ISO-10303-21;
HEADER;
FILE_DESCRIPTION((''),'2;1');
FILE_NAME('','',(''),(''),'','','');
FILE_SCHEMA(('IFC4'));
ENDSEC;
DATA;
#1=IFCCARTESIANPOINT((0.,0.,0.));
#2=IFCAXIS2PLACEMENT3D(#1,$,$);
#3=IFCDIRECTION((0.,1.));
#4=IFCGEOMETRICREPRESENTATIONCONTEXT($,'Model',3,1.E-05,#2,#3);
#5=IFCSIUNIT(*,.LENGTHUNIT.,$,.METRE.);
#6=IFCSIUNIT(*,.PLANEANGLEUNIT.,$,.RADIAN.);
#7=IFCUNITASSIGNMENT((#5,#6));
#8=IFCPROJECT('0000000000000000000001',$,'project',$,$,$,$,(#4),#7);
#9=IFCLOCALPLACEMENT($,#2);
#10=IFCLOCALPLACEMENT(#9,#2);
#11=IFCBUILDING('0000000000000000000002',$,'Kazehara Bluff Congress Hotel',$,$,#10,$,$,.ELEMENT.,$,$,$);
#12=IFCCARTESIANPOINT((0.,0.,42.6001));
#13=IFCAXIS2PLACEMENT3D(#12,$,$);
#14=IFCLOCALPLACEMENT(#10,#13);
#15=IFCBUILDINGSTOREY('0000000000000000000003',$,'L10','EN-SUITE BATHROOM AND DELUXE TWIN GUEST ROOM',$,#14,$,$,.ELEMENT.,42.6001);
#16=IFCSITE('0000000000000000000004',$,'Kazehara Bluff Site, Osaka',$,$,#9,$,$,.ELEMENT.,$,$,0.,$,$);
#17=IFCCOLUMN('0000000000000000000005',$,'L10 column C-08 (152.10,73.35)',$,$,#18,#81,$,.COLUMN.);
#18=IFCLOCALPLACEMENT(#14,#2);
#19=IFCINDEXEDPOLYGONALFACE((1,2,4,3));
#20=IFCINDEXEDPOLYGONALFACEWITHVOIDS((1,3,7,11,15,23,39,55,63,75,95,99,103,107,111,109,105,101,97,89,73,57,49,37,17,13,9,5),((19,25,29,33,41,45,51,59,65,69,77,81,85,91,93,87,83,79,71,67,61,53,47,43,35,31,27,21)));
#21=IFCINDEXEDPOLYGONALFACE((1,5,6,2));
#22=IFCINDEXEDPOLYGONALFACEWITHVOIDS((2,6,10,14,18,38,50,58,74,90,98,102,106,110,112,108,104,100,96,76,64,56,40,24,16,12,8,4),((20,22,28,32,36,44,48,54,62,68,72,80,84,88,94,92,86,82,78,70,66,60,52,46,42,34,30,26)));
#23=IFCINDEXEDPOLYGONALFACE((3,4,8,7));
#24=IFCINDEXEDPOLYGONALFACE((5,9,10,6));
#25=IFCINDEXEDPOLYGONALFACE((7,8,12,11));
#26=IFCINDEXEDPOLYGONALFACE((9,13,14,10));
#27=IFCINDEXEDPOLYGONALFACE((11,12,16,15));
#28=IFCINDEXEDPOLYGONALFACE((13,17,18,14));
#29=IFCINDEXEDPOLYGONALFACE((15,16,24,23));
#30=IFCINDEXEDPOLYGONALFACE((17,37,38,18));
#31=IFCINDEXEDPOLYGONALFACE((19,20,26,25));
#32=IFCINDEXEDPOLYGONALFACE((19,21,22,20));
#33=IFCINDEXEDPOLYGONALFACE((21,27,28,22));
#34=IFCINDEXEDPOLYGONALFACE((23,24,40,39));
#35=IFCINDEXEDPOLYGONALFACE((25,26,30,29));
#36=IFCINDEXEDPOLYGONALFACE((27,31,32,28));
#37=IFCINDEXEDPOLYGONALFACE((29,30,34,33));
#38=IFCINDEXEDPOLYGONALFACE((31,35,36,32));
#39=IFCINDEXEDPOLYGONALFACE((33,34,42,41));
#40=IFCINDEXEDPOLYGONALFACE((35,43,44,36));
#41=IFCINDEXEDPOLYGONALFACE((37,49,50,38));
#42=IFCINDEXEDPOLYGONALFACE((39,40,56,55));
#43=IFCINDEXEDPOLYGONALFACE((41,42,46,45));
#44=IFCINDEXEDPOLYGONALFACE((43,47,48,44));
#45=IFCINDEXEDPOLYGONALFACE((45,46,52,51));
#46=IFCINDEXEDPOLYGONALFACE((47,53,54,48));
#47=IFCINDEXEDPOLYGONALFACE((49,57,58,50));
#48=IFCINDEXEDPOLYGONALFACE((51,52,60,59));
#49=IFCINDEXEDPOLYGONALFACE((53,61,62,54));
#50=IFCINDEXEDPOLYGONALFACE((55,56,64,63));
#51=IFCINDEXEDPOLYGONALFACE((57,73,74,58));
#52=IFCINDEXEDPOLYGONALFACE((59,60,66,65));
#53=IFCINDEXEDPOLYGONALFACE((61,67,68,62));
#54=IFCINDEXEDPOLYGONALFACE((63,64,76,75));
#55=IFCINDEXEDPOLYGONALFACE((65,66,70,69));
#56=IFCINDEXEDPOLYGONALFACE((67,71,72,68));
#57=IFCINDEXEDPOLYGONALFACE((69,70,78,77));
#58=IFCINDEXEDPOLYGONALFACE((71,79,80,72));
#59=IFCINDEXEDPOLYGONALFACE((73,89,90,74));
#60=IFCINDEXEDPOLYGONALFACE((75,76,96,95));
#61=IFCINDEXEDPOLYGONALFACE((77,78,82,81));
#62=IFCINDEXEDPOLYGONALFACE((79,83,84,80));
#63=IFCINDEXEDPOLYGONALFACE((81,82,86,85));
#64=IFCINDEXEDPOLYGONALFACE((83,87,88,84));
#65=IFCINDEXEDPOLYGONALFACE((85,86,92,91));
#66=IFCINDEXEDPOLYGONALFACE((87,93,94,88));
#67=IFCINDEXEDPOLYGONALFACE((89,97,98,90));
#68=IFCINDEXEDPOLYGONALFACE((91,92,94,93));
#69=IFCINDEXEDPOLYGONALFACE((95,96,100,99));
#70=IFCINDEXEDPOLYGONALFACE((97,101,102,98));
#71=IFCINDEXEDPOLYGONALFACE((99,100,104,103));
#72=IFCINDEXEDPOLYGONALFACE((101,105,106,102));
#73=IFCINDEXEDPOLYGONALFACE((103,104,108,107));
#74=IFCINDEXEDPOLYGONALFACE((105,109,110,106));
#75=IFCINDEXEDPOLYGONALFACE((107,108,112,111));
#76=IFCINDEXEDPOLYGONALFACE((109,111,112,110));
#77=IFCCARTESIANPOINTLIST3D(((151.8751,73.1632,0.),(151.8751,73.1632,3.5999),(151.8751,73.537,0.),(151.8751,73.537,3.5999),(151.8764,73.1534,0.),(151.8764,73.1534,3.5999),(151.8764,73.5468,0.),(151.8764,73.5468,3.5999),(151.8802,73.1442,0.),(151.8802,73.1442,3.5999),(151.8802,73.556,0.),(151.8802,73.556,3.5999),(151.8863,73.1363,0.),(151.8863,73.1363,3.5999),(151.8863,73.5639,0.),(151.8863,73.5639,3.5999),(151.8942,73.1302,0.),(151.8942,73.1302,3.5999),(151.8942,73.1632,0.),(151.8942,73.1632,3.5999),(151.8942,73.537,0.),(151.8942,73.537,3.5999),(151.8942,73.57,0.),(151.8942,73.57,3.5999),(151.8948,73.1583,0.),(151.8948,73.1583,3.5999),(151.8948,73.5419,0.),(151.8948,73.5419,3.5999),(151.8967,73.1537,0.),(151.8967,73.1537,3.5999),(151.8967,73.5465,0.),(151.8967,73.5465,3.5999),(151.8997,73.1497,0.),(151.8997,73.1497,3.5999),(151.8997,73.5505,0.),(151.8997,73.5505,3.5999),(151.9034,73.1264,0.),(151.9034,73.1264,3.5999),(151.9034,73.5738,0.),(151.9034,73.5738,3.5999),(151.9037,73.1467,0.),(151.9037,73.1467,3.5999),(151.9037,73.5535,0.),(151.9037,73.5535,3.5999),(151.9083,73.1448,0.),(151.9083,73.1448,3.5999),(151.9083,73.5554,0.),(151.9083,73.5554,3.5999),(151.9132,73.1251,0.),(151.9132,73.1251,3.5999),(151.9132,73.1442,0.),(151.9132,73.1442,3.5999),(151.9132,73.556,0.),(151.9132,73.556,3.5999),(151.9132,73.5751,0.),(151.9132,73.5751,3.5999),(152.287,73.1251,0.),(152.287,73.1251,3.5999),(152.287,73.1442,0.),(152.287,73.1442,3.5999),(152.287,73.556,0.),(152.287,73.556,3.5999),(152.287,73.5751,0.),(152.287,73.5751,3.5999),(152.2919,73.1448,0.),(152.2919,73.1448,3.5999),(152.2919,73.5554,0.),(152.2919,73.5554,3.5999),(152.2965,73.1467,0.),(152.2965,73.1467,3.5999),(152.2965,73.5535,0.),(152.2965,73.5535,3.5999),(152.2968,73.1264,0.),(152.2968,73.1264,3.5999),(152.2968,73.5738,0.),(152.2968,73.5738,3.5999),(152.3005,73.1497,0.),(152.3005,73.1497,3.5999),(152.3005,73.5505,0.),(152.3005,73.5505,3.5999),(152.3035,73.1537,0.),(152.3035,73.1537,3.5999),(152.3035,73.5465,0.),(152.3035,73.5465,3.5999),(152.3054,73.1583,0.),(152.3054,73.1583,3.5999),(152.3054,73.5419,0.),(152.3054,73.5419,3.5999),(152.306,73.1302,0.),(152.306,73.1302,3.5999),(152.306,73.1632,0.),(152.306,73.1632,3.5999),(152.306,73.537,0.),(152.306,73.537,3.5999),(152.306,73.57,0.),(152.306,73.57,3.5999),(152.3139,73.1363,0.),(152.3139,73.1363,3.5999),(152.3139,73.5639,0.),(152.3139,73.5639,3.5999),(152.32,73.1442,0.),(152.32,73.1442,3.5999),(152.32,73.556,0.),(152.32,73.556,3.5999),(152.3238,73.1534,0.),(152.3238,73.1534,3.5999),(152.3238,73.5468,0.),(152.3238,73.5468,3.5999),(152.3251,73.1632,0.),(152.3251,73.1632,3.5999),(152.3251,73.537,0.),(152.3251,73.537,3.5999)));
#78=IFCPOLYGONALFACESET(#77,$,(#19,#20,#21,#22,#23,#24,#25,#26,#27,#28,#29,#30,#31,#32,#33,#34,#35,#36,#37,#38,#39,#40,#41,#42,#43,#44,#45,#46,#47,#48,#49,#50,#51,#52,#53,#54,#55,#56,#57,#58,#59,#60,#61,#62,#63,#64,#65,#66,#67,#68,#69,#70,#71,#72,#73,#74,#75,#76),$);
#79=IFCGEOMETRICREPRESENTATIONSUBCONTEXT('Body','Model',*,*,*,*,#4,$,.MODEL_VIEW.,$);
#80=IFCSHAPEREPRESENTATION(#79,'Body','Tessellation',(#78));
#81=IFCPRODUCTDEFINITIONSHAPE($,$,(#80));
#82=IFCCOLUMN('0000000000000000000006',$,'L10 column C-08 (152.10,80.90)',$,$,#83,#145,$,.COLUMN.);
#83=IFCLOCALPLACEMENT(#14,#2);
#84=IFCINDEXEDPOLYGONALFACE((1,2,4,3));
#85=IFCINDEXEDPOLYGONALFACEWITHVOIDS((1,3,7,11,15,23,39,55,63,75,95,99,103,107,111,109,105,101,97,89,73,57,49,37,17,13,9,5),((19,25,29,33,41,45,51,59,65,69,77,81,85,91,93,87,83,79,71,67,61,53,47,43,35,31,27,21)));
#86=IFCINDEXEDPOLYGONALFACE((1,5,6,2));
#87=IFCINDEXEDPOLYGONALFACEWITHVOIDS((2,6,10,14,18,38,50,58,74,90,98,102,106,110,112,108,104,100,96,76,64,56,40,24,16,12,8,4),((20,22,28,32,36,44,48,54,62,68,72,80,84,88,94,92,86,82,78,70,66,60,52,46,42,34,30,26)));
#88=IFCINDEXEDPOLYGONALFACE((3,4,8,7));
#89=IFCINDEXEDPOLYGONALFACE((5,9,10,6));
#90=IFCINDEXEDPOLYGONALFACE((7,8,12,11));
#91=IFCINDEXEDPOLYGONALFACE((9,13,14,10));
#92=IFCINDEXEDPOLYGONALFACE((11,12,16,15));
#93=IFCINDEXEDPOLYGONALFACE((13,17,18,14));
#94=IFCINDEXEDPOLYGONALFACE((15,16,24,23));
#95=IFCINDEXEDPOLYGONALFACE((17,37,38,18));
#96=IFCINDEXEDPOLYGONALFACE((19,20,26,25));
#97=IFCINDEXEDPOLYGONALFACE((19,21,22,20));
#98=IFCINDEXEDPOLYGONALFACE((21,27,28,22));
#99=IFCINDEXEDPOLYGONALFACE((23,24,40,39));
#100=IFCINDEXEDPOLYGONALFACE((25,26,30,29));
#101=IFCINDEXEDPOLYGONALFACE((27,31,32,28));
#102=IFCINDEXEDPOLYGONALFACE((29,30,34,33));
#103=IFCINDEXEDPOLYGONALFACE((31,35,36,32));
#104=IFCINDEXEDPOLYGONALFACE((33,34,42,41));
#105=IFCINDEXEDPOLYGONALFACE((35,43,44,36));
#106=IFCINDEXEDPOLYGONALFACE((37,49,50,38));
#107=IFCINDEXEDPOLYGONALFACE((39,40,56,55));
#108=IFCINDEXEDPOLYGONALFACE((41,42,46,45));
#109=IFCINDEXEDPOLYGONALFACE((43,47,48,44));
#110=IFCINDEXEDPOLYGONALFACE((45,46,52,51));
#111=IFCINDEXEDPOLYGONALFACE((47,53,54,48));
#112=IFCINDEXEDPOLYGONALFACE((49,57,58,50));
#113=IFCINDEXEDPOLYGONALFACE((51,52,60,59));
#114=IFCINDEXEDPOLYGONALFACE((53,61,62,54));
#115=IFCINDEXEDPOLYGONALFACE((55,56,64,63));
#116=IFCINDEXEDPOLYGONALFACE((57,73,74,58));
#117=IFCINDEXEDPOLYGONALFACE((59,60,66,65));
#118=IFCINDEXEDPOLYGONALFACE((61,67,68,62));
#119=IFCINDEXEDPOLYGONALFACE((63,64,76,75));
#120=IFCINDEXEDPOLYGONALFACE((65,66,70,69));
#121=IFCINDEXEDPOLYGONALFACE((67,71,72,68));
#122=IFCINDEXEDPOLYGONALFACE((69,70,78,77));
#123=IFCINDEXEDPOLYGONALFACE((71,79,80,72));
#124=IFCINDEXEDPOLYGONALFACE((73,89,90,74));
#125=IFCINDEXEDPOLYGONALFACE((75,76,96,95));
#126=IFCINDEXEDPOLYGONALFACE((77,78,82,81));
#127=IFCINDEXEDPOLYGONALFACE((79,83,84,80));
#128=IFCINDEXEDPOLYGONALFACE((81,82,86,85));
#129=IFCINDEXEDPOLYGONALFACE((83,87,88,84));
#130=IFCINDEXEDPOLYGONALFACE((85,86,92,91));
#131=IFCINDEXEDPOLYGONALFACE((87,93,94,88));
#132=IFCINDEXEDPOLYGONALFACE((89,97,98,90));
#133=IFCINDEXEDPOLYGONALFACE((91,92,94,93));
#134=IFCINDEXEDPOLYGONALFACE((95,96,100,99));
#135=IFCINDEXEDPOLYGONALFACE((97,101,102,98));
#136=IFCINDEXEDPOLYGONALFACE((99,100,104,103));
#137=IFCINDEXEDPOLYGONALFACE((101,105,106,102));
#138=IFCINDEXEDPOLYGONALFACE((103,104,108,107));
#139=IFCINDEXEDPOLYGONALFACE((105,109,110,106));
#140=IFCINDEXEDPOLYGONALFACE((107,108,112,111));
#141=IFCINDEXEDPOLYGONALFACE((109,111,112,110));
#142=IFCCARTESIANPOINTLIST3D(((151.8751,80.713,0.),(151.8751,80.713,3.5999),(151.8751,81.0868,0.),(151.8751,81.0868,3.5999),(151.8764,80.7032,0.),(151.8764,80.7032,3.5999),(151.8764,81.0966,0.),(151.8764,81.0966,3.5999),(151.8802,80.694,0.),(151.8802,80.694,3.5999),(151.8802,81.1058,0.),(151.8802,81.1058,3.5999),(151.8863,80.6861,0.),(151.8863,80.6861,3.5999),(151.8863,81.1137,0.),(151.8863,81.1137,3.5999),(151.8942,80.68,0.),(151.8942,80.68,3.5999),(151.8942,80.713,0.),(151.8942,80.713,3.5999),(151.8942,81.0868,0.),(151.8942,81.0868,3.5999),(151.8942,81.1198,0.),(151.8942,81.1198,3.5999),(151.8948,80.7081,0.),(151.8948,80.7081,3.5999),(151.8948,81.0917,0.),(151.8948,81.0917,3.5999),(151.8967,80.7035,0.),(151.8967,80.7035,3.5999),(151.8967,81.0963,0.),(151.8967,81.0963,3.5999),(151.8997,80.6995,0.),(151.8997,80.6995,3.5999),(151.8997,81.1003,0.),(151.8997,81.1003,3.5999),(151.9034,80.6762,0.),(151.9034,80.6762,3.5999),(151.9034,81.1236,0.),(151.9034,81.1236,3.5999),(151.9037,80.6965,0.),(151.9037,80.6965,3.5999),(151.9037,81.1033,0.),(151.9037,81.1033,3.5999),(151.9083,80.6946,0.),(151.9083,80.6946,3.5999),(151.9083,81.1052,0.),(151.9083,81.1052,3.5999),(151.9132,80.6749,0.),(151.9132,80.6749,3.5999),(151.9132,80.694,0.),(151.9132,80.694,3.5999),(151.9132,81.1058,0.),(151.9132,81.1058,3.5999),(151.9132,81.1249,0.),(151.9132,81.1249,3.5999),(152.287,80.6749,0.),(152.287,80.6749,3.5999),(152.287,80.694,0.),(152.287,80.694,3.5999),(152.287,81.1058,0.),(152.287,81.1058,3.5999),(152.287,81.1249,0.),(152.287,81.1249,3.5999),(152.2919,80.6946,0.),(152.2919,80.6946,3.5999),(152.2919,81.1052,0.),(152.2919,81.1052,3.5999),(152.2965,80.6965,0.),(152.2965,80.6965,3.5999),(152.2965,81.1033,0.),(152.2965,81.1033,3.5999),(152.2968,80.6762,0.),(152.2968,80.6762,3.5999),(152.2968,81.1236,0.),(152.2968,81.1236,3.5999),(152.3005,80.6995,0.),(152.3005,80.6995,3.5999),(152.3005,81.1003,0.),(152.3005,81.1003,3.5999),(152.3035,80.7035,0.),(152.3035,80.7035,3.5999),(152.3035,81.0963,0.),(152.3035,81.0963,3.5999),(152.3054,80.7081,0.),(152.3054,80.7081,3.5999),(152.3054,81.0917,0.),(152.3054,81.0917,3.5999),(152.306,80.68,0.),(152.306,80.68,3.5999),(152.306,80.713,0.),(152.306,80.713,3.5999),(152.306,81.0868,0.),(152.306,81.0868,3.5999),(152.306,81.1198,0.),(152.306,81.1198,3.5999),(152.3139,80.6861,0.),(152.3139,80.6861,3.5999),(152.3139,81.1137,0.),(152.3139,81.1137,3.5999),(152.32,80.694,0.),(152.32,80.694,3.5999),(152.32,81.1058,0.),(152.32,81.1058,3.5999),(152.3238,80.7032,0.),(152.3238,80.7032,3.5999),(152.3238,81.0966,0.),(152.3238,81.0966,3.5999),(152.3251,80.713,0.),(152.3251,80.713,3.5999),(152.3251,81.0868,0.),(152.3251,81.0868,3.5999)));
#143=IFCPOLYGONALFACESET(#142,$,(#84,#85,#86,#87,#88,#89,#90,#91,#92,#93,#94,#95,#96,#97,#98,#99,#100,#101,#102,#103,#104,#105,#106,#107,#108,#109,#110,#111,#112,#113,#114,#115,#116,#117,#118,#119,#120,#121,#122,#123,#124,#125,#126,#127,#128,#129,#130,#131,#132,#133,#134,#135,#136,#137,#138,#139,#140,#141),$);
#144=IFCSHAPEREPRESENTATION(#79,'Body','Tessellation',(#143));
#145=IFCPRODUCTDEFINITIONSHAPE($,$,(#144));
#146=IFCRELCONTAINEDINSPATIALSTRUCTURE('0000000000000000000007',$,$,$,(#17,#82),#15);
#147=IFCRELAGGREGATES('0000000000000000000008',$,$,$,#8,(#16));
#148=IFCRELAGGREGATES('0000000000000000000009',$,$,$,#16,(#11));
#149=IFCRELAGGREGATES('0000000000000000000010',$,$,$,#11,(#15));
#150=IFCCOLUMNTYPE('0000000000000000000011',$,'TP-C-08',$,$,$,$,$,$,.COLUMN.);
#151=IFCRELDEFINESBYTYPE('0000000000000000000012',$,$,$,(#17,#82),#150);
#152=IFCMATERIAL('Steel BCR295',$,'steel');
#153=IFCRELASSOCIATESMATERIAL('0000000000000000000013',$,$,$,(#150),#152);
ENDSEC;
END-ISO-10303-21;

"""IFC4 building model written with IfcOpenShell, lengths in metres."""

from ifc_helpers import new_model, si_unit, direction, frame, origin, origin_2d, place, context, subcontext, project, spatial, hollow_rectangle, extrude, material, material_profile, profile_set, type_object, element, save


model = new_model("IFC4")

# Units and contexts
model_context = context("Model", 3, precision=1e-05, world=origin(), true_north=direction((0.0, 1.0)))
body_context = subcontext(model_context, "Body", "Model", "MODEL_VIEW")
ifc_project = project(units=[si_unit("LENGTHUNIT", "METRE"), si_unit("PLANEANGLEUNIT", "RADIAN")], contexts=[model_context])

# Site, building, storey
site_placement = place(None, origin())
site = spatial("IfcSite", under=ifc_project, at=site_placement, Name="Kazehara Bluff Site, Osaka", CompositionType="ELEMENT", RefElevation=0.0)
building_placement = place(site_placement, origin())
building = spatial("IfcBuilding", under=site, at=building_placement, Name="Kazehara Bluff Congress Hotel", CompositionType="ELEMENT")
storey_placement = place(building_placement, frame((0.0, 0.0, 42.6001)))
storey = spatial("IfcBuildingStorey", under=building, at=storey_placement, Name="L10", Description="EN-SUITE BATHROOM AND DELUXE TWIN GUEST ROOM", CompositionType="ELEMENT", Elevation=42.6001)

# Columns
ifc_material_1 = material(Name="Steel BCR295", Category="steel")
ifc_material_profile_1 = material_profile(ifc_material_1, hollow_rectangle(XDim=0.45, YDim=0.45, WallThickness=0.019, InnerFilletRadius=0.019, OuterFilletRadius=0.0381, at=origin_2d()))
ifc_profile_set_1 = profile_set([ifc_material_profile_1], Name="Steel BCR295")
column_type = type_object("IfcColumnType", Name="TP-C-08", PredefinedType="COLUMN", material=ifc_profile_set_1)
for number, where, z_axis, x_axis, name in (
    (1, (152.1001, 73.3501, 0.0), (0.0, 0.0, 1.0), (1.0, 0.0, 0.0), "L10 column C-08 (152.10,73.35)"),
    (2, (152.1001, 80.8999, 0.0), (0.0, 0.0, 1.0), (1.0, 0.0, 0.0), "L10 column C-08 (152.10,80.90)"),
):
    element("IfcColumn", number, at=place(storey_placement, frame(where, z_axis=z_axis, x_axis=x_axis)), inside=storey, type_object=column_type, Name=name, PredefinedType="COLUMN", context=body_context, shape_type="SweptSolid", body=[
        extrude(hollow_rectangle(XDim=0.45, YDim=0.45, WallThickness=0.019, InnerFilletRadius=0.019, OuterFilletRadius=0.0381, at=origin_2d()), origin(), (0.0, 0.0, 1.0), 3.5999),
    ])

save(model, "model.ifc")
